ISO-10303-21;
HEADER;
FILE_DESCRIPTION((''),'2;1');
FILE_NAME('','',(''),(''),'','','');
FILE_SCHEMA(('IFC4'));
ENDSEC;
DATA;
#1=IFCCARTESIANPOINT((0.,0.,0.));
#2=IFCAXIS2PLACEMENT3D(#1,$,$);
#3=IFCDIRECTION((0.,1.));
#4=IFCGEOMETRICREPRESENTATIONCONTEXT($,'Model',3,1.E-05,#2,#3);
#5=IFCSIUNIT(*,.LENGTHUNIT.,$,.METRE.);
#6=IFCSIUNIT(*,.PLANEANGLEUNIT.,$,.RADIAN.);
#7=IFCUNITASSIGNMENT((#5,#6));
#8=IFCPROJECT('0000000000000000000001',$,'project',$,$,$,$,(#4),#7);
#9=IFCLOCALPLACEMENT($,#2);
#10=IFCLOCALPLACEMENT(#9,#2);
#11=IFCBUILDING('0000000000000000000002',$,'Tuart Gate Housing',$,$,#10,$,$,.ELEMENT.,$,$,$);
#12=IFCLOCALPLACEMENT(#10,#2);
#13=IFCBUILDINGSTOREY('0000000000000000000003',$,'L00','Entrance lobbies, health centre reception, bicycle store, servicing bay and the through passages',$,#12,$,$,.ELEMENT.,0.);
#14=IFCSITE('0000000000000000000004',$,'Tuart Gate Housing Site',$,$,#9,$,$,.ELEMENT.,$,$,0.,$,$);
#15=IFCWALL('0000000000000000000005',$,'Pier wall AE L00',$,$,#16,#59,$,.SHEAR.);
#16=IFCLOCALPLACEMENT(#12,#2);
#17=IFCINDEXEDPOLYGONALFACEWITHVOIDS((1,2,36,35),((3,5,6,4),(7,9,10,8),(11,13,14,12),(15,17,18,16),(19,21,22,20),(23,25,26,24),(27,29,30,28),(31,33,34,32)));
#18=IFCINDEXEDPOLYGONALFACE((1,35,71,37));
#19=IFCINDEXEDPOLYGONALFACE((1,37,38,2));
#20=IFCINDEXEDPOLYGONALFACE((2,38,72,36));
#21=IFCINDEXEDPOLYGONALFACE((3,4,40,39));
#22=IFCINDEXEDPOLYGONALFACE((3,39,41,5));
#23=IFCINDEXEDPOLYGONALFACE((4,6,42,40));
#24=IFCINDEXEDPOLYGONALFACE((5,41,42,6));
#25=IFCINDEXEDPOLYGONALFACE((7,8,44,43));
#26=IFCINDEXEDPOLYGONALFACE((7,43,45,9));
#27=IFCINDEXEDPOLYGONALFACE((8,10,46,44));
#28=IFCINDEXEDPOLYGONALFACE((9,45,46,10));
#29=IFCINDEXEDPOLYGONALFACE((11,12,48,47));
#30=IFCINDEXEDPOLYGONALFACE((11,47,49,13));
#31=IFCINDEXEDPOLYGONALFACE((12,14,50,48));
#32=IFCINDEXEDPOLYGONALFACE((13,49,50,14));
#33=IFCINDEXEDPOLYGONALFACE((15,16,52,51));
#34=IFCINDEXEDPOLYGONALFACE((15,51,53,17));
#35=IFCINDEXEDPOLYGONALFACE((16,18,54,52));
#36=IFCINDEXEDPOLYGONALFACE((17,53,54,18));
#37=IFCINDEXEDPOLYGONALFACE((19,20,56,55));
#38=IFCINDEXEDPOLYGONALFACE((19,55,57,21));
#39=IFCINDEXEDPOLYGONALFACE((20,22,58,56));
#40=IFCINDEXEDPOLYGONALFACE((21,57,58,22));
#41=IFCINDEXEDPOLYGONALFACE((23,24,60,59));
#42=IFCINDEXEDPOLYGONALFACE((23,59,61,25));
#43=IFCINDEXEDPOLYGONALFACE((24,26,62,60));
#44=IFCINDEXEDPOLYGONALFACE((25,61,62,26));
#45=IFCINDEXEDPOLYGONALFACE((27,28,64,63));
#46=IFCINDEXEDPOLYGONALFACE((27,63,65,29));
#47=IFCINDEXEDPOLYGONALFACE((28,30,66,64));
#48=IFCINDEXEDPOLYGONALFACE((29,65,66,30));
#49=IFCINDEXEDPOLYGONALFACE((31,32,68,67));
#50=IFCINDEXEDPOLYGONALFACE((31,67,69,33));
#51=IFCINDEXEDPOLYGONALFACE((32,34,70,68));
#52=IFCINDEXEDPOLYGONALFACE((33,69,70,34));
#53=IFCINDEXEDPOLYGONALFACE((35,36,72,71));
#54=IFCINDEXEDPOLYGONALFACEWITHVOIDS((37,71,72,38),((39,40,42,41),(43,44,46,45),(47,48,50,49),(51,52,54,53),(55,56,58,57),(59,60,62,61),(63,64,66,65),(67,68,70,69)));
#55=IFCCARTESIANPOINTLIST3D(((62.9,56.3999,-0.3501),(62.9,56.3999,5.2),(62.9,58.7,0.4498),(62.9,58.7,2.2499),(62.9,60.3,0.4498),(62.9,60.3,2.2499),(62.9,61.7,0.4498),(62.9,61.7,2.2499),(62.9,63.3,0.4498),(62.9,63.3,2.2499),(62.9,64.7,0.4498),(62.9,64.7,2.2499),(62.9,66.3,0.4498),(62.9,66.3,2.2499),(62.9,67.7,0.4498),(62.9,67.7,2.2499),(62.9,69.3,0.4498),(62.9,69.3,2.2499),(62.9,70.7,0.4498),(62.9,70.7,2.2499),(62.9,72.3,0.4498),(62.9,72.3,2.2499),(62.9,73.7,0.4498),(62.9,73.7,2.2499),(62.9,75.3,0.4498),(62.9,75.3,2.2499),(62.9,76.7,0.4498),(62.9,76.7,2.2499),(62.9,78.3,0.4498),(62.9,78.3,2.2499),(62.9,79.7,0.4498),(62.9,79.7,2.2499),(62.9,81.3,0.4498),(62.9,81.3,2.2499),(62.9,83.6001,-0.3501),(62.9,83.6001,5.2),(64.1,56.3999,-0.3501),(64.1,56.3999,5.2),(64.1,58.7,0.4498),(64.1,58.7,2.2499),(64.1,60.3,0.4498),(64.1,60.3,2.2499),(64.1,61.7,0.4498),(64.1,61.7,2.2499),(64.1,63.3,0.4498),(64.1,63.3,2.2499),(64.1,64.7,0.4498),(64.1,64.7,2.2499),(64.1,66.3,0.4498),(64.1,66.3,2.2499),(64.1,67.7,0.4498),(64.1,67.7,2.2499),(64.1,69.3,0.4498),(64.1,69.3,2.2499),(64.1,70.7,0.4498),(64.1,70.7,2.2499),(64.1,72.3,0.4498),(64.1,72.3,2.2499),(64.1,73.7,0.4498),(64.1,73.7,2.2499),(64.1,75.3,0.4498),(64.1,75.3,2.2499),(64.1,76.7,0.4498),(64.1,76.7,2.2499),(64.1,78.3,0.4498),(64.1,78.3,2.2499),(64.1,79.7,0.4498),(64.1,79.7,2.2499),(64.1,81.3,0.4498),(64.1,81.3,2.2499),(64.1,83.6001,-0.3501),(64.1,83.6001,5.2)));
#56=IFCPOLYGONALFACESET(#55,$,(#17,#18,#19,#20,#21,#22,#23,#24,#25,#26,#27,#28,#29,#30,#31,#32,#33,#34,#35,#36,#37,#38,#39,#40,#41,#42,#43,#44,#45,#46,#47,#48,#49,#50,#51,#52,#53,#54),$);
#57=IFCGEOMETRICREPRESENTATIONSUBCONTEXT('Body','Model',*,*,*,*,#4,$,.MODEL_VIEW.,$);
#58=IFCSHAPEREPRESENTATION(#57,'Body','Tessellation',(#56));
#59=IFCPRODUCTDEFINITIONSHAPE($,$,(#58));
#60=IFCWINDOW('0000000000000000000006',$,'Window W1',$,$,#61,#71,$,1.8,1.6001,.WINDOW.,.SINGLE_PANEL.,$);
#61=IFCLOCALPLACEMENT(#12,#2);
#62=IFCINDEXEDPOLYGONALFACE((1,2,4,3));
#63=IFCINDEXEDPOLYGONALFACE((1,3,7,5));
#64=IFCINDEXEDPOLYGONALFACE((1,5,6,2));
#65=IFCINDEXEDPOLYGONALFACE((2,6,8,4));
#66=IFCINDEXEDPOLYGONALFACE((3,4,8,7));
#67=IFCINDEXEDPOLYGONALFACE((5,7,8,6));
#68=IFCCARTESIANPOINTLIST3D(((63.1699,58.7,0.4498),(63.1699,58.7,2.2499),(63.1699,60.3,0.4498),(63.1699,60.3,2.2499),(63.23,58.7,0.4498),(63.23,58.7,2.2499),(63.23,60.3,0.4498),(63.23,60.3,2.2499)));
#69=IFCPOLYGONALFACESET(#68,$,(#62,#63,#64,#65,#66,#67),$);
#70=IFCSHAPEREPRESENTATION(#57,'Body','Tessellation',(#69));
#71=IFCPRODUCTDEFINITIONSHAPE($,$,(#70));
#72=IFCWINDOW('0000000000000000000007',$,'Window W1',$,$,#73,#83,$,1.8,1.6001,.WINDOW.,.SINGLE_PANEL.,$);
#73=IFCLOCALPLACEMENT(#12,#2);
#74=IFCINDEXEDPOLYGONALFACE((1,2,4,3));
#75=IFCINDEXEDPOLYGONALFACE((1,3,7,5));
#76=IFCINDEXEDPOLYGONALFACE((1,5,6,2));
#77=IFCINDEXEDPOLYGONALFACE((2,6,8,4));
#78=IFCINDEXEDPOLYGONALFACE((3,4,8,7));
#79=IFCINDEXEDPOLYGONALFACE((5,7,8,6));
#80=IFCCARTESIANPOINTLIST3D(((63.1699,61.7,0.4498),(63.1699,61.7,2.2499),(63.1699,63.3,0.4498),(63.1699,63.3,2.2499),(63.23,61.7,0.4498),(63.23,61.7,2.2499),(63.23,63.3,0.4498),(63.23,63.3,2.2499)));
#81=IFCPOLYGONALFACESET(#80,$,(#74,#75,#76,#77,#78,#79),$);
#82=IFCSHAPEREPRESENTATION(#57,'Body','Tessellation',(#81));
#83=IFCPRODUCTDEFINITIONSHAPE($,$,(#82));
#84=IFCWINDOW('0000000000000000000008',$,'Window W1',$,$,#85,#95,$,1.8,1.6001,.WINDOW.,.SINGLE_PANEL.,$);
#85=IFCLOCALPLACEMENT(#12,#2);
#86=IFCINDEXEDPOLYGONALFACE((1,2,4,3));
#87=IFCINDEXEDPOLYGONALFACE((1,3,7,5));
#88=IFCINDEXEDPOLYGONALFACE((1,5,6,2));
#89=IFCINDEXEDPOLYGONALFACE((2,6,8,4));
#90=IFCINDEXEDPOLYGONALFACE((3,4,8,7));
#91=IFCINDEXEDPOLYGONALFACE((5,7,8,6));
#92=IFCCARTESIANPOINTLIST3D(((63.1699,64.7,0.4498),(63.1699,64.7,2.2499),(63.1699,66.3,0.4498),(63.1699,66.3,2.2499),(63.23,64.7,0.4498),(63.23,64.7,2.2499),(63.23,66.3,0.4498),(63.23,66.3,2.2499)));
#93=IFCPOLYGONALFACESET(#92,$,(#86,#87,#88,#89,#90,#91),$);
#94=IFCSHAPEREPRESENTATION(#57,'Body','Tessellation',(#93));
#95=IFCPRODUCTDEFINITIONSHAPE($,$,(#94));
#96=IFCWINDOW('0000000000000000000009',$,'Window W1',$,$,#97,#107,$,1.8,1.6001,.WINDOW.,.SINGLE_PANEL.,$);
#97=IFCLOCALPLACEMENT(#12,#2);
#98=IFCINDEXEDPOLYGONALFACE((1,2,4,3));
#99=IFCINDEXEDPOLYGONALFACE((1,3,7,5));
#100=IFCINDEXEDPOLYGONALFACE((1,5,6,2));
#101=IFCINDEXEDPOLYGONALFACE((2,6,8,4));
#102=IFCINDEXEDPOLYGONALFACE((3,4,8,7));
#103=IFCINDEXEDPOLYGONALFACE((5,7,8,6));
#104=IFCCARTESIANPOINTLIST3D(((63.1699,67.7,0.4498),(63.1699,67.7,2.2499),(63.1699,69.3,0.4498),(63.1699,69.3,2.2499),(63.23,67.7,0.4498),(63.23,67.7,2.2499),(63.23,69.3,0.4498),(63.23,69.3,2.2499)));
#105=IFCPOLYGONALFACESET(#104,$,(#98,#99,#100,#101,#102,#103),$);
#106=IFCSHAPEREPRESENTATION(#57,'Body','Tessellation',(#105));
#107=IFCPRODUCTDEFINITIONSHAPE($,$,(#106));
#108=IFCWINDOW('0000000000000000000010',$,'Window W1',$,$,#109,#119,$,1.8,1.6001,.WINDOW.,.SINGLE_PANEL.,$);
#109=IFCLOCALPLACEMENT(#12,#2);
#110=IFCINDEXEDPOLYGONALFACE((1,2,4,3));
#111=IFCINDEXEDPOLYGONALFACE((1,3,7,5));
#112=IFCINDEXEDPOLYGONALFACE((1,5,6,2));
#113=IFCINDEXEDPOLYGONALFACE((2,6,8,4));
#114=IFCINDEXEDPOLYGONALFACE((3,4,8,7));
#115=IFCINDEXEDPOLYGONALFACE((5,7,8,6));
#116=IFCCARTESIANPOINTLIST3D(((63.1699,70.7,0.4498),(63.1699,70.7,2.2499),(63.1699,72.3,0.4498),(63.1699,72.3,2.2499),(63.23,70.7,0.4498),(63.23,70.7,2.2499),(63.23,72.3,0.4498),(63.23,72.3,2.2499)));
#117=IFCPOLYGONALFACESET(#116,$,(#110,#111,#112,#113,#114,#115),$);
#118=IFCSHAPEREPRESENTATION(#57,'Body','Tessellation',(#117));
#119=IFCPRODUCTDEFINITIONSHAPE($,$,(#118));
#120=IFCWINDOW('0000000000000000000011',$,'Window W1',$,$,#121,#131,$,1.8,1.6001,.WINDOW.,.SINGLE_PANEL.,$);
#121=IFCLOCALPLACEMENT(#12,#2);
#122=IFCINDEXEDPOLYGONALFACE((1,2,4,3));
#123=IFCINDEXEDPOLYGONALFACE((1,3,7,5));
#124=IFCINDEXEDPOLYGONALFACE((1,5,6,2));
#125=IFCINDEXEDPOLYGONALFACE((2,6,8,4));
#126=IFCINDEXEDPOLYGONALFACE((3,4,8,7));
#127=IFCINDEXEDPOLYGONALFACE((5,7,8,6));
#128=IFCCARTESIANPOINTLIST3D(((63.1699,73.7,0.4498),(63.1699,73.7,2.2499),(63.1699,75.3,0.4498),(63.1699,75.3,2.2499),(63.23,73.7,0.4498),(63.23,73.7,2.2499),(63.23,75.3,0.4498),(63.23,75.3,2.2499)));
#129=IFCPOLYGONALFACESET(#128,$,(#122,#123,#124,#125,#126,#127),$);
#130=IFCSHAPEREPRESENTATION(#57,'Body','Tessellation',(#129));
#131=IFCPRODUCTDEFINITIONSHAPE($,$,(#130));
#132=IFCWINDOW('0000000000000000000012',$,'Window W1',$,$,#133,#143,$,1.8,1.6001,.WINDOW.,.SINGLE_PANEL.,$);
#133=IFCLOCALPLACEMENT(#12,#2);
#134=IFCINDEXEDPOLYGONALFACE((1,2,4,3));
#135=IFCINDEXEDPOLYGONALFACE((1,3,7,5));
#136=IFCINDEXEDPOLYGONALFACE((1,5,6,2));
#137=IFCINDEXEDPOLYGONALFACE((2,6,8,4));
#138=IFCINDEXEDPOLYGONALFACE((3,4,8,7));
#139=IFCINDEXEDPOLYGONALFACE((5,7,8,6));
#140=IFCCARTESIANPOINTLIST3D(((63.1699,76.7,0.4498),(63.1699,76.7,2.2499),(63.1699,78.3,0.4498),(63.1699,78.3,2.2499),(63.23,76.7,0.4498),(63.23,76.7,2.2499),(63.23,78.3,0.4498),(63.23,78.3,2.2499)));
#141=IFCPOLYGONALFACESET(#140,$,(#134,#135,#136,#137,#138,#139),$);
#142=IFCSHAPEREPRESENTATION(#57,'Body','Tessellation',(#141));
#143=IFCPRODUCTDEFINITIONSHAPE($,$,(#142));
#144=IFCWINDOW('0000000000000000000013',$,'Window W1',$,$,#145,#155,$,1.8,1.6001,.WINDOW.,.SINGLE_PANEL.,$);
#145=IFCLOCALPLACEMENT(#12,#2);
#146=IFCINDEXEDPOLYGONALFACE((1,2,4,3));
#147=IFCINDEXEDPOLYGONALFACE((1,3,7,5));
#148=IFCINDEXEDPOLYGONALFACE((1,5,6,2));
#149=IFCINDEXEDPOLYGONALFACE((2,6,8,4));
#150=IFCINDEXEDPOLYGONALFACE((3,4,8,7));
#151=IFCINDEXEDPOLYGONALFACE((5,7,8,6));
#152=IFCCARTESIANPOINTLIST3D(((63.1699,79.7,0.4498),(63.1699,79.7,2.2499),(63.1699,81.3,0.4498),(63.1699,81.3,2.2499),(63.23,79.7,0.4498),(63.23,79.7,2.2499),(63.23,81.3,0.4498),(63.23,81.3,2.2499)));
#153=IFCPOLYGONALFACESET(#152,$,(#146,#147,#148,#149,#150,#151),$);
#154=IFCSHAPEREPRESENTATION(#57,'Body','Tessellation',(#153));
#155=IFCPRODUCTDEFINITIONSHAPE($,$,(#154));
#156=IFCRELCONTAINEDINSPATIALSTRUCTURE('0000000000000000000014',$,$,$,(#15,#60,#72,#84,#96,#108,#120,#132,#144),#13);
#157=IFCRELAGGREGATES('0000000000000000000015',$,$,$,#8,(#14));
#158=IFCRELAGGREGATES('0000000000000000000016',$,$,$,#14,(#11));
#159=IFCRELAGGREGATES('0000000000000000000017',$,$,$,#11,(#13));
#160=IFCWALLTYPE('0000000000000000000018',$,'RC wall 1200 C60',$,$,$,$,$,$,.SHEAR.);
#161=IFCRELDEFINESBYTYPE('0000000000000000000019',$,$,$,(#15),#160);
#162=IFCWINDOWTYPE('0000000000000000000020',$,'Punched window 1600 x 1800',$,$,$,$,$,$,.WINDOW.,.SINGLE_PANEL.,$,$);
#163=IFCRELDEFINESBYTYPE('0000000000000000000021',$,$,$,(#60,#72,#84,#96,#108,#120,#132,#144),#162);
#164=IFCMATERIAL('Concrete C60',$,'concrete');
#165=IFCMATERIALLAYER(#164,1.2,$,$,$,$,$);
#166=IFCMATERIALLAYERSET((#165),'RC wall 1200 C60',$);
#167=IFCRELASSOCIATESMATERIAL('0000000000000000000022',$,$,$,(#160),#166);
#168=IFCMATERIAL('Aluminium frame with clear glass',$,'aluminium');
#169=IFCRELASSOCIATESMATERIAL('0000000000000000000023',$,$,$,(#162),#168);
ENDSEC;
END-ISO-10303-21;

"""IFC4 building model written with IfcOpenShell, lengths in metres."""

from ifc_helpers import new_model, si_unit, direction, frame, frame_2d, origin, place, context, subcontext, project, spatial, rectangle, extrude, material, layer, layer_set, type_object, element, fill, save


model = new_model("IFC4")

# Units and contexts
model_context = context("Model", 3, precision=1e-05, world=origin(), true_north=direction((0.0, 1.0)))
body_context = subcontext(model_context, "Body", "Model", "MODEL_VIEW")
ifc_project = project(units=[si_unit("LENGTHUNIT", "METRE"), si_unit("PLANEANGLEUNIT", "RADIAN")], contexts=[model_context])

# Site, building, storey
site_placement = place(None, origin())
site = spatial("IfcSite", under=ifc_project, at=site_placement, Name="Tuart Gate Housing Site", CompositionType="ELEMENT", RefElevation=0.0)
building_placement = place(site_placement, origin())
building = spatial("IfcBuilding", under=site, at=building_placement, Name="Tuart Gate Housing", CompositionType="ELEMENT")
storey_placement = place(building_placement, origin())
storey = spatial("IfcBuildingStorey", under=building, at=storey_placement, Name="L00", Description="Entrance lobbies, health centre reception, bicycle store, servicing bay and the through passages", CompositionType="ELEMENT", Elevation=0.0)

# Wall, openings, windows
ifc_material_1 = material(Name="Concrete C60", Category="concrete")
ifc_layer_1 = layer(ifc_material_1, 1.2)
ifc_layer_set_1 = layer_set([ifc_layer_1], Name="RC wall 1200 C60")
wall_type_1 = type_object("IfcWallType", Name="RC wall 1200 C60", PredefinedType="SHEAR", material=ifc_layer_set_1)
wall_1_placement = place(storey_placement, frame((63.5, 56.3999, -0.3501), z_axis=(0.0, 0.0, 1.0), x_axis=(0.0, 1.0, 0.0)))
wall_1 = element("IfcWall", 1, at=wall_1_placement, inside=storey, type_object=wall_type_1, Name="Pier wall AE L00", PredefinedType="SHEAR", context=body_context, shape_type="SweptSolid", body=[
    extrude(rectangle(XDim=27.2002, YDim=1.2, at=frame_2d((13.6001, 0.0))), origin(), (0.0, 0.0, 1.0), 5.55),
])
opening_1_placement = place(wall_1_placement, frame((2.3, 0.0, 0.8)))
opening_1 = element("IfcOpeningElement", 2, at=opening_1_placement, cuts=wall_1, PredefinedType="OPENING", context=body_context, shape_type="SweptSolid", body=[
    extrude(rectangle(XDim=1.6001, YDim=1.8, at=frame_2d((0.8, 0.8999))), frame((0.0, 0.6099, 0.0), z_axis=(0.0, -1.0, 0.0), x_axis=(1.0, 0.0, 0.0)), (0.0, 0.0, 1.0), 1.22),
])
opening_2_placement = place(wall_1_placement, frame((5.3, 0.0, 0.8)))
opening_2 = element("IfcOpeningElement", 3, at=opening_2_placement, cuts=wall_1, PredefinedType="OPENING", context=body_context, shape_type="SweptSolid", body=[
    extrude(rectangle(XDim=1.6001, YDim=1.8, at=frame_2d((0.8, 0.8999))), frame((0.0, 0.6099, 0.0), z_axis=(0.0, -1.0, 0.0), x_axis=(1.0, 0.0, 0.0)), (0.0, 0.0, 1.0), 1.22),
])
opening_3_placement = place(wall_1_placement, frame((8.3, 0.0, 0.8)))
opening_3 = element("IfcOpeningElement", 4, at=opening_3_placement, cuts=wall_1, PredefinedType="OPENING", context=body_context, shape_type="SweptSolid", body=[
    extrude(rectangle(XDim=1.6001, YDim=1.8, at=frame_2d((0.8, 0.8999))), frame((0.0, 0.6099, 0.0), z_axis=(0.0, -1.0, 0.0), x_axis=(1.0, 0.0, 0.0)), (0.0, 0.0, 1.0), 1.22),
])
opening_4_placement = place(wall_1_placement, frame((11.3, 0.0, 0.8)))
opening_4 = element("IfcOpeningElement", 5, at=opening_4_placement, cuts=wall_1, PredefinedType="OPENING", context=body_context, shape_type="SweptSolid", body=[
    extrude(rectangle(XDim=1.6001, YDim=1.8, at=frame_2d((0.8, 0.8999))), frame((0.0, 0.6099, 0.0), z_axis=(0.0, -1.0, 0.0), x_axis=(1.0, 0.0, 0.0)), (0.0, 0.0, 1.0), 1.22),
])
opening_5_placement = place(wall_1_placement, frame((14.3, 0.0, 0.8)))
opening_5 = element("IfcOpeningElement", 6, at=opening_5_placement, cuts=wall_1, PredefinedType="OPENING", context=body_context, shape_type="SweptSolid", body=[
    extrude(rectangle(XDim=1.6001, YDim=1.8, at=frame_2d((0.8, 0.8999))), frame((0.0, 0.6099, 0.0), z_axis=(0.0, -1.0, 0.0), x_axis=(1.0, 0.0, 0.0)), (0.0, 0.0, 1.0), 1.22),
])
opening_6_placement = place(wall_1_placement, frame((17.3, 0.0, 0.8)))
opening_6 = element("IfcOpeningElement", 7, at=opening_6_placement, cuts=wall_1, PredefinedType="OPENING", context=body_context, shape_type="SweptSolid", body=[
    extrude(rectangle(XDim=1.6001, YDim=1.8, at=frame_2d((0.8, 0.8999))), frame((0.0, 0.6099, 0.0), z_axis=(0.0, -1.0, 0.0), x_axis=(1.0, 0.0, 0.0)), (0.0, 0.0, 1.0), 1.22),
])
opening_7_placement = place(wall_1_placement, frame((20.3, 0.0, 0.8)))
opening_7 = element("IfcOpeningElement", 8, at=opening_7_placement, cuts=wall_1, PredefinedType="OPENING", context=body_context, shape_type="SweptSolid", body=[
    extrude(rectangle(XDim=1.6001, YDim=1.8, at=frame_2d((0.8, 0.8999))), frame((0.0, 0.6099, 0.0), z_axis=(0.0, -1.0, 0.0), x_axis=(1.0, 0.0, 0.0)), (0.0, 0.0, 1.0), 1.22),
])
opening_8_placement = place(wall_1_placement, frame((23.3, 0.0, 0.8)))
opening_8 = element("IfcOpeningElement", 9, at=opening_8_placement, cuts=wall_1, PredefinedType="OPENING", context=body_context, shape_type="SweptSolid", body=[
    extrude(rectangle(XDim=1.6001, YDim=1.8, at=frame_2d((0.8, 0.8999))), frame((0.0, 0.6099, 0.0), z_axis=(0.0, -1.0, 0.0), x_axis=(1.0, 0.0, 0.0)), (0.0, 0.0, 1.0), 1.22),
])
ifc_material_2 = material(Name="Aluminium frame with clear glass", Category="aluminium")
window_type = type_object("IfcWindowType", Name="Punched window 1600 x 1800", PartitioningType="SINGLE_PANEL", PredefinedType="WINDOW", material=ifc_material_2)
window_1_placement = place(opening_1_placement, origin())
window_1 = element("IfcWindow", 10, at=window_1_placement, inside=storey, type_object=window_type, Name="Window W1", OverallHeight=1.8, OverallWidth=1.6001, PartitioningType="SINGLE_PANEL", PredefinedType="WINDOW", context=body_context, shape_type="SweptSolid", body=[
    extrude(rectangle(XDim=1.6001, YDim=1.8, at=frame_2d((0.8, 0.8999))), frame((0.0, 0.3301, 0.0), z_axis=(0.0, -1.0, 0.0), x_axis=(1.0, 0.0, 0.0)), (0.0, 0.0, 1.0), 0.0601),
])
fill(opening_1, window_1)
window_2_placement = place(opening_2_placement, origin())
window_2 = element("IfcWindow", 11, at=window_2_placement, inside=storey, type_object=window_type, Name="Window W1", OverallHeight=1.8, OverallWidth=1.6001, PartitioningType="SINGLE_PANEL", PredefinedType="WINDOW", context=body_context, shape_type="SweptSolid", body=[
    extrude(rectangle(XDim=1.6001, YDim=1.8, at=frame_2d((0.8, 0.8999))), frame((0.0, 0.3301, 0.0), z_axis=(0.0, -1.0, 0.0), x_axis=(1.0, 0.0, 0.0)), (0.0, 0.0, 1.0), 0.0601),
])
fill(opening_2, window_2)
window_3_placement = place(opening_3_placement, origin())
window_3 = element("IfcWindow", 12, at=window_3_placement, inside=storey, type_object=window_type, Name="Window W1", OverallHeight=1.8, OverallWidth=1.6001, PartitioningType="SINGLE_PANEL", PredefinedType="WINDOW", context=body_context, shape_type="SweptSolid", body=[
    extrude(rectangle(XDim=1.6001, YDim=1.8, at=frame_2d((0.8, 0.8999))), frame((0.0, 0.3301, 0.0), z_axis=(0.0, -1.0, 0.0), x_axis=(1.0, 0.0, 0.0)), (0.0, 0.0, 1.0), 0.0601),
])
fill(opening_3, window_3)
window_4_placement = place(opening_4_placement, origin())
window_4 = element("IfcWindow", 13, at=window_4_placement, inside=storey, type_object=window_type, Name="Window W1", OverallHeight=1.8, OverallWidth=1.6001, PartitioningType="SINGLE_PANEL", PredefinedType="WINDOW", context=body_context, shape_type="SweptSolid", body=[
    extrude(rectangle(XDim=1.6001, YDim=1.8, at=frame_2d((0.8, 0.8999))), frame((0.0, 0.3301, 0.0), z_axis=(0.0, -1.0, 0.0), x_axis=(1.0, 0.0, 0.0)), (0.0, 0.0, 1.0), 0.0601),
])
fill(opening_4, window_4)
window_5_placement = place(opening_5_placement, origin())
window_5 = element("IfcWindow", 14, at=window_5_placement, inside=storey, type_object=window_type, Name="Window W1", OverallHeight=1.8, OverallWidth=1.6001, PartitioningType="SINGLE_PANEL", PredefinedType="WINDOW", context=body_context, shape_type="SweptSolid", body=[
    extrude(rectangle(XDim=1.6001, YDim=1.8, at=frame_2d((0.8, 0.8999))), frame((0.0, 0.3301, 0.0), z_axis=(0.0, -1.0, 0.0), x_axis=(1.0, 0.0, 0.0)), (0.0, 0.0, 1.0), 0.0601),
])
fill(opening_5, window_5)
window_6_placement = place(opening_6_placement, origin())
window_6 = element("IfcWindow", 15, at=window_6_placement, inside=storey, type_object=window_type, Name="Window W1", OverallHeight=1.8, OverallWidth=1.6001, PartitioningType="SINGLE_PANEL", PredefinedType="WINDOW", context=body_context, shape_type="SweptSolid", body=[
    extrude(rectangle(XDim=1.6001, YDim=1.8, at=frame_2d((0.8, 0.8999))), frame((0.0, 0.3301, 0.0), z_axis=(0.0, -1.0, 0.0), x_axis=(1.0, 0.0, 0.0)), (0.0, 0.0, 1.0), 0.0601),
])
fill(opening_6, window_6)
window_7_placement = place(opening_7_placement, origin())
window_7 = element("IfcWindow", 16, at=window_7_placement, inside=storey, type_object=window_type, Name="Window W1", OverallHeight=1.8, OverallWidth=1.6001, PartitioningType="SINGLE_PANEL", PredefinedType="WINDOW", context=body_context, shape_type="SweptSolid", body=[
    extrude(rectangle(XDim=1.6001, YDim=1.8, at=frame_2d((0.8, 0.8999))), frame((0.0, 0.3301, 0.0), z_axis=(0.0, -1.0, 0.0), x_axis=(1.0, 0.0, 0.0)), (0.0, 0.0, 1.0), 0.0601),
])
fill(opening_7, window_7)
window_8_placement = place(opening_8_placement, origin())
window_8 = element("IfcWindow", 17, at=window_8_placement, inside=storey, type_object=window_type, Name="Window W1", OverallHeight=1.8, OverallWidth=1.6001, PartitioningType="SINGLE_PANEL", PredefinedType="WINDOW", context=body_context, shape_type="SweptSolid", body=[
    extrude(rectangle(XDim=1.6001, YDim=1.8, at=frame_2d((0.8, 0.8999))), frame((0.0, 0.3301, 0.0), z_axis=(0.0, -1.0, 0.0), x_axis=(1.0, 0.0, 0.0)), (0.0, 0.0, 1.0), 0.0601),
])
fill(opening_8, window_8)

save(model, "model.ifc")
